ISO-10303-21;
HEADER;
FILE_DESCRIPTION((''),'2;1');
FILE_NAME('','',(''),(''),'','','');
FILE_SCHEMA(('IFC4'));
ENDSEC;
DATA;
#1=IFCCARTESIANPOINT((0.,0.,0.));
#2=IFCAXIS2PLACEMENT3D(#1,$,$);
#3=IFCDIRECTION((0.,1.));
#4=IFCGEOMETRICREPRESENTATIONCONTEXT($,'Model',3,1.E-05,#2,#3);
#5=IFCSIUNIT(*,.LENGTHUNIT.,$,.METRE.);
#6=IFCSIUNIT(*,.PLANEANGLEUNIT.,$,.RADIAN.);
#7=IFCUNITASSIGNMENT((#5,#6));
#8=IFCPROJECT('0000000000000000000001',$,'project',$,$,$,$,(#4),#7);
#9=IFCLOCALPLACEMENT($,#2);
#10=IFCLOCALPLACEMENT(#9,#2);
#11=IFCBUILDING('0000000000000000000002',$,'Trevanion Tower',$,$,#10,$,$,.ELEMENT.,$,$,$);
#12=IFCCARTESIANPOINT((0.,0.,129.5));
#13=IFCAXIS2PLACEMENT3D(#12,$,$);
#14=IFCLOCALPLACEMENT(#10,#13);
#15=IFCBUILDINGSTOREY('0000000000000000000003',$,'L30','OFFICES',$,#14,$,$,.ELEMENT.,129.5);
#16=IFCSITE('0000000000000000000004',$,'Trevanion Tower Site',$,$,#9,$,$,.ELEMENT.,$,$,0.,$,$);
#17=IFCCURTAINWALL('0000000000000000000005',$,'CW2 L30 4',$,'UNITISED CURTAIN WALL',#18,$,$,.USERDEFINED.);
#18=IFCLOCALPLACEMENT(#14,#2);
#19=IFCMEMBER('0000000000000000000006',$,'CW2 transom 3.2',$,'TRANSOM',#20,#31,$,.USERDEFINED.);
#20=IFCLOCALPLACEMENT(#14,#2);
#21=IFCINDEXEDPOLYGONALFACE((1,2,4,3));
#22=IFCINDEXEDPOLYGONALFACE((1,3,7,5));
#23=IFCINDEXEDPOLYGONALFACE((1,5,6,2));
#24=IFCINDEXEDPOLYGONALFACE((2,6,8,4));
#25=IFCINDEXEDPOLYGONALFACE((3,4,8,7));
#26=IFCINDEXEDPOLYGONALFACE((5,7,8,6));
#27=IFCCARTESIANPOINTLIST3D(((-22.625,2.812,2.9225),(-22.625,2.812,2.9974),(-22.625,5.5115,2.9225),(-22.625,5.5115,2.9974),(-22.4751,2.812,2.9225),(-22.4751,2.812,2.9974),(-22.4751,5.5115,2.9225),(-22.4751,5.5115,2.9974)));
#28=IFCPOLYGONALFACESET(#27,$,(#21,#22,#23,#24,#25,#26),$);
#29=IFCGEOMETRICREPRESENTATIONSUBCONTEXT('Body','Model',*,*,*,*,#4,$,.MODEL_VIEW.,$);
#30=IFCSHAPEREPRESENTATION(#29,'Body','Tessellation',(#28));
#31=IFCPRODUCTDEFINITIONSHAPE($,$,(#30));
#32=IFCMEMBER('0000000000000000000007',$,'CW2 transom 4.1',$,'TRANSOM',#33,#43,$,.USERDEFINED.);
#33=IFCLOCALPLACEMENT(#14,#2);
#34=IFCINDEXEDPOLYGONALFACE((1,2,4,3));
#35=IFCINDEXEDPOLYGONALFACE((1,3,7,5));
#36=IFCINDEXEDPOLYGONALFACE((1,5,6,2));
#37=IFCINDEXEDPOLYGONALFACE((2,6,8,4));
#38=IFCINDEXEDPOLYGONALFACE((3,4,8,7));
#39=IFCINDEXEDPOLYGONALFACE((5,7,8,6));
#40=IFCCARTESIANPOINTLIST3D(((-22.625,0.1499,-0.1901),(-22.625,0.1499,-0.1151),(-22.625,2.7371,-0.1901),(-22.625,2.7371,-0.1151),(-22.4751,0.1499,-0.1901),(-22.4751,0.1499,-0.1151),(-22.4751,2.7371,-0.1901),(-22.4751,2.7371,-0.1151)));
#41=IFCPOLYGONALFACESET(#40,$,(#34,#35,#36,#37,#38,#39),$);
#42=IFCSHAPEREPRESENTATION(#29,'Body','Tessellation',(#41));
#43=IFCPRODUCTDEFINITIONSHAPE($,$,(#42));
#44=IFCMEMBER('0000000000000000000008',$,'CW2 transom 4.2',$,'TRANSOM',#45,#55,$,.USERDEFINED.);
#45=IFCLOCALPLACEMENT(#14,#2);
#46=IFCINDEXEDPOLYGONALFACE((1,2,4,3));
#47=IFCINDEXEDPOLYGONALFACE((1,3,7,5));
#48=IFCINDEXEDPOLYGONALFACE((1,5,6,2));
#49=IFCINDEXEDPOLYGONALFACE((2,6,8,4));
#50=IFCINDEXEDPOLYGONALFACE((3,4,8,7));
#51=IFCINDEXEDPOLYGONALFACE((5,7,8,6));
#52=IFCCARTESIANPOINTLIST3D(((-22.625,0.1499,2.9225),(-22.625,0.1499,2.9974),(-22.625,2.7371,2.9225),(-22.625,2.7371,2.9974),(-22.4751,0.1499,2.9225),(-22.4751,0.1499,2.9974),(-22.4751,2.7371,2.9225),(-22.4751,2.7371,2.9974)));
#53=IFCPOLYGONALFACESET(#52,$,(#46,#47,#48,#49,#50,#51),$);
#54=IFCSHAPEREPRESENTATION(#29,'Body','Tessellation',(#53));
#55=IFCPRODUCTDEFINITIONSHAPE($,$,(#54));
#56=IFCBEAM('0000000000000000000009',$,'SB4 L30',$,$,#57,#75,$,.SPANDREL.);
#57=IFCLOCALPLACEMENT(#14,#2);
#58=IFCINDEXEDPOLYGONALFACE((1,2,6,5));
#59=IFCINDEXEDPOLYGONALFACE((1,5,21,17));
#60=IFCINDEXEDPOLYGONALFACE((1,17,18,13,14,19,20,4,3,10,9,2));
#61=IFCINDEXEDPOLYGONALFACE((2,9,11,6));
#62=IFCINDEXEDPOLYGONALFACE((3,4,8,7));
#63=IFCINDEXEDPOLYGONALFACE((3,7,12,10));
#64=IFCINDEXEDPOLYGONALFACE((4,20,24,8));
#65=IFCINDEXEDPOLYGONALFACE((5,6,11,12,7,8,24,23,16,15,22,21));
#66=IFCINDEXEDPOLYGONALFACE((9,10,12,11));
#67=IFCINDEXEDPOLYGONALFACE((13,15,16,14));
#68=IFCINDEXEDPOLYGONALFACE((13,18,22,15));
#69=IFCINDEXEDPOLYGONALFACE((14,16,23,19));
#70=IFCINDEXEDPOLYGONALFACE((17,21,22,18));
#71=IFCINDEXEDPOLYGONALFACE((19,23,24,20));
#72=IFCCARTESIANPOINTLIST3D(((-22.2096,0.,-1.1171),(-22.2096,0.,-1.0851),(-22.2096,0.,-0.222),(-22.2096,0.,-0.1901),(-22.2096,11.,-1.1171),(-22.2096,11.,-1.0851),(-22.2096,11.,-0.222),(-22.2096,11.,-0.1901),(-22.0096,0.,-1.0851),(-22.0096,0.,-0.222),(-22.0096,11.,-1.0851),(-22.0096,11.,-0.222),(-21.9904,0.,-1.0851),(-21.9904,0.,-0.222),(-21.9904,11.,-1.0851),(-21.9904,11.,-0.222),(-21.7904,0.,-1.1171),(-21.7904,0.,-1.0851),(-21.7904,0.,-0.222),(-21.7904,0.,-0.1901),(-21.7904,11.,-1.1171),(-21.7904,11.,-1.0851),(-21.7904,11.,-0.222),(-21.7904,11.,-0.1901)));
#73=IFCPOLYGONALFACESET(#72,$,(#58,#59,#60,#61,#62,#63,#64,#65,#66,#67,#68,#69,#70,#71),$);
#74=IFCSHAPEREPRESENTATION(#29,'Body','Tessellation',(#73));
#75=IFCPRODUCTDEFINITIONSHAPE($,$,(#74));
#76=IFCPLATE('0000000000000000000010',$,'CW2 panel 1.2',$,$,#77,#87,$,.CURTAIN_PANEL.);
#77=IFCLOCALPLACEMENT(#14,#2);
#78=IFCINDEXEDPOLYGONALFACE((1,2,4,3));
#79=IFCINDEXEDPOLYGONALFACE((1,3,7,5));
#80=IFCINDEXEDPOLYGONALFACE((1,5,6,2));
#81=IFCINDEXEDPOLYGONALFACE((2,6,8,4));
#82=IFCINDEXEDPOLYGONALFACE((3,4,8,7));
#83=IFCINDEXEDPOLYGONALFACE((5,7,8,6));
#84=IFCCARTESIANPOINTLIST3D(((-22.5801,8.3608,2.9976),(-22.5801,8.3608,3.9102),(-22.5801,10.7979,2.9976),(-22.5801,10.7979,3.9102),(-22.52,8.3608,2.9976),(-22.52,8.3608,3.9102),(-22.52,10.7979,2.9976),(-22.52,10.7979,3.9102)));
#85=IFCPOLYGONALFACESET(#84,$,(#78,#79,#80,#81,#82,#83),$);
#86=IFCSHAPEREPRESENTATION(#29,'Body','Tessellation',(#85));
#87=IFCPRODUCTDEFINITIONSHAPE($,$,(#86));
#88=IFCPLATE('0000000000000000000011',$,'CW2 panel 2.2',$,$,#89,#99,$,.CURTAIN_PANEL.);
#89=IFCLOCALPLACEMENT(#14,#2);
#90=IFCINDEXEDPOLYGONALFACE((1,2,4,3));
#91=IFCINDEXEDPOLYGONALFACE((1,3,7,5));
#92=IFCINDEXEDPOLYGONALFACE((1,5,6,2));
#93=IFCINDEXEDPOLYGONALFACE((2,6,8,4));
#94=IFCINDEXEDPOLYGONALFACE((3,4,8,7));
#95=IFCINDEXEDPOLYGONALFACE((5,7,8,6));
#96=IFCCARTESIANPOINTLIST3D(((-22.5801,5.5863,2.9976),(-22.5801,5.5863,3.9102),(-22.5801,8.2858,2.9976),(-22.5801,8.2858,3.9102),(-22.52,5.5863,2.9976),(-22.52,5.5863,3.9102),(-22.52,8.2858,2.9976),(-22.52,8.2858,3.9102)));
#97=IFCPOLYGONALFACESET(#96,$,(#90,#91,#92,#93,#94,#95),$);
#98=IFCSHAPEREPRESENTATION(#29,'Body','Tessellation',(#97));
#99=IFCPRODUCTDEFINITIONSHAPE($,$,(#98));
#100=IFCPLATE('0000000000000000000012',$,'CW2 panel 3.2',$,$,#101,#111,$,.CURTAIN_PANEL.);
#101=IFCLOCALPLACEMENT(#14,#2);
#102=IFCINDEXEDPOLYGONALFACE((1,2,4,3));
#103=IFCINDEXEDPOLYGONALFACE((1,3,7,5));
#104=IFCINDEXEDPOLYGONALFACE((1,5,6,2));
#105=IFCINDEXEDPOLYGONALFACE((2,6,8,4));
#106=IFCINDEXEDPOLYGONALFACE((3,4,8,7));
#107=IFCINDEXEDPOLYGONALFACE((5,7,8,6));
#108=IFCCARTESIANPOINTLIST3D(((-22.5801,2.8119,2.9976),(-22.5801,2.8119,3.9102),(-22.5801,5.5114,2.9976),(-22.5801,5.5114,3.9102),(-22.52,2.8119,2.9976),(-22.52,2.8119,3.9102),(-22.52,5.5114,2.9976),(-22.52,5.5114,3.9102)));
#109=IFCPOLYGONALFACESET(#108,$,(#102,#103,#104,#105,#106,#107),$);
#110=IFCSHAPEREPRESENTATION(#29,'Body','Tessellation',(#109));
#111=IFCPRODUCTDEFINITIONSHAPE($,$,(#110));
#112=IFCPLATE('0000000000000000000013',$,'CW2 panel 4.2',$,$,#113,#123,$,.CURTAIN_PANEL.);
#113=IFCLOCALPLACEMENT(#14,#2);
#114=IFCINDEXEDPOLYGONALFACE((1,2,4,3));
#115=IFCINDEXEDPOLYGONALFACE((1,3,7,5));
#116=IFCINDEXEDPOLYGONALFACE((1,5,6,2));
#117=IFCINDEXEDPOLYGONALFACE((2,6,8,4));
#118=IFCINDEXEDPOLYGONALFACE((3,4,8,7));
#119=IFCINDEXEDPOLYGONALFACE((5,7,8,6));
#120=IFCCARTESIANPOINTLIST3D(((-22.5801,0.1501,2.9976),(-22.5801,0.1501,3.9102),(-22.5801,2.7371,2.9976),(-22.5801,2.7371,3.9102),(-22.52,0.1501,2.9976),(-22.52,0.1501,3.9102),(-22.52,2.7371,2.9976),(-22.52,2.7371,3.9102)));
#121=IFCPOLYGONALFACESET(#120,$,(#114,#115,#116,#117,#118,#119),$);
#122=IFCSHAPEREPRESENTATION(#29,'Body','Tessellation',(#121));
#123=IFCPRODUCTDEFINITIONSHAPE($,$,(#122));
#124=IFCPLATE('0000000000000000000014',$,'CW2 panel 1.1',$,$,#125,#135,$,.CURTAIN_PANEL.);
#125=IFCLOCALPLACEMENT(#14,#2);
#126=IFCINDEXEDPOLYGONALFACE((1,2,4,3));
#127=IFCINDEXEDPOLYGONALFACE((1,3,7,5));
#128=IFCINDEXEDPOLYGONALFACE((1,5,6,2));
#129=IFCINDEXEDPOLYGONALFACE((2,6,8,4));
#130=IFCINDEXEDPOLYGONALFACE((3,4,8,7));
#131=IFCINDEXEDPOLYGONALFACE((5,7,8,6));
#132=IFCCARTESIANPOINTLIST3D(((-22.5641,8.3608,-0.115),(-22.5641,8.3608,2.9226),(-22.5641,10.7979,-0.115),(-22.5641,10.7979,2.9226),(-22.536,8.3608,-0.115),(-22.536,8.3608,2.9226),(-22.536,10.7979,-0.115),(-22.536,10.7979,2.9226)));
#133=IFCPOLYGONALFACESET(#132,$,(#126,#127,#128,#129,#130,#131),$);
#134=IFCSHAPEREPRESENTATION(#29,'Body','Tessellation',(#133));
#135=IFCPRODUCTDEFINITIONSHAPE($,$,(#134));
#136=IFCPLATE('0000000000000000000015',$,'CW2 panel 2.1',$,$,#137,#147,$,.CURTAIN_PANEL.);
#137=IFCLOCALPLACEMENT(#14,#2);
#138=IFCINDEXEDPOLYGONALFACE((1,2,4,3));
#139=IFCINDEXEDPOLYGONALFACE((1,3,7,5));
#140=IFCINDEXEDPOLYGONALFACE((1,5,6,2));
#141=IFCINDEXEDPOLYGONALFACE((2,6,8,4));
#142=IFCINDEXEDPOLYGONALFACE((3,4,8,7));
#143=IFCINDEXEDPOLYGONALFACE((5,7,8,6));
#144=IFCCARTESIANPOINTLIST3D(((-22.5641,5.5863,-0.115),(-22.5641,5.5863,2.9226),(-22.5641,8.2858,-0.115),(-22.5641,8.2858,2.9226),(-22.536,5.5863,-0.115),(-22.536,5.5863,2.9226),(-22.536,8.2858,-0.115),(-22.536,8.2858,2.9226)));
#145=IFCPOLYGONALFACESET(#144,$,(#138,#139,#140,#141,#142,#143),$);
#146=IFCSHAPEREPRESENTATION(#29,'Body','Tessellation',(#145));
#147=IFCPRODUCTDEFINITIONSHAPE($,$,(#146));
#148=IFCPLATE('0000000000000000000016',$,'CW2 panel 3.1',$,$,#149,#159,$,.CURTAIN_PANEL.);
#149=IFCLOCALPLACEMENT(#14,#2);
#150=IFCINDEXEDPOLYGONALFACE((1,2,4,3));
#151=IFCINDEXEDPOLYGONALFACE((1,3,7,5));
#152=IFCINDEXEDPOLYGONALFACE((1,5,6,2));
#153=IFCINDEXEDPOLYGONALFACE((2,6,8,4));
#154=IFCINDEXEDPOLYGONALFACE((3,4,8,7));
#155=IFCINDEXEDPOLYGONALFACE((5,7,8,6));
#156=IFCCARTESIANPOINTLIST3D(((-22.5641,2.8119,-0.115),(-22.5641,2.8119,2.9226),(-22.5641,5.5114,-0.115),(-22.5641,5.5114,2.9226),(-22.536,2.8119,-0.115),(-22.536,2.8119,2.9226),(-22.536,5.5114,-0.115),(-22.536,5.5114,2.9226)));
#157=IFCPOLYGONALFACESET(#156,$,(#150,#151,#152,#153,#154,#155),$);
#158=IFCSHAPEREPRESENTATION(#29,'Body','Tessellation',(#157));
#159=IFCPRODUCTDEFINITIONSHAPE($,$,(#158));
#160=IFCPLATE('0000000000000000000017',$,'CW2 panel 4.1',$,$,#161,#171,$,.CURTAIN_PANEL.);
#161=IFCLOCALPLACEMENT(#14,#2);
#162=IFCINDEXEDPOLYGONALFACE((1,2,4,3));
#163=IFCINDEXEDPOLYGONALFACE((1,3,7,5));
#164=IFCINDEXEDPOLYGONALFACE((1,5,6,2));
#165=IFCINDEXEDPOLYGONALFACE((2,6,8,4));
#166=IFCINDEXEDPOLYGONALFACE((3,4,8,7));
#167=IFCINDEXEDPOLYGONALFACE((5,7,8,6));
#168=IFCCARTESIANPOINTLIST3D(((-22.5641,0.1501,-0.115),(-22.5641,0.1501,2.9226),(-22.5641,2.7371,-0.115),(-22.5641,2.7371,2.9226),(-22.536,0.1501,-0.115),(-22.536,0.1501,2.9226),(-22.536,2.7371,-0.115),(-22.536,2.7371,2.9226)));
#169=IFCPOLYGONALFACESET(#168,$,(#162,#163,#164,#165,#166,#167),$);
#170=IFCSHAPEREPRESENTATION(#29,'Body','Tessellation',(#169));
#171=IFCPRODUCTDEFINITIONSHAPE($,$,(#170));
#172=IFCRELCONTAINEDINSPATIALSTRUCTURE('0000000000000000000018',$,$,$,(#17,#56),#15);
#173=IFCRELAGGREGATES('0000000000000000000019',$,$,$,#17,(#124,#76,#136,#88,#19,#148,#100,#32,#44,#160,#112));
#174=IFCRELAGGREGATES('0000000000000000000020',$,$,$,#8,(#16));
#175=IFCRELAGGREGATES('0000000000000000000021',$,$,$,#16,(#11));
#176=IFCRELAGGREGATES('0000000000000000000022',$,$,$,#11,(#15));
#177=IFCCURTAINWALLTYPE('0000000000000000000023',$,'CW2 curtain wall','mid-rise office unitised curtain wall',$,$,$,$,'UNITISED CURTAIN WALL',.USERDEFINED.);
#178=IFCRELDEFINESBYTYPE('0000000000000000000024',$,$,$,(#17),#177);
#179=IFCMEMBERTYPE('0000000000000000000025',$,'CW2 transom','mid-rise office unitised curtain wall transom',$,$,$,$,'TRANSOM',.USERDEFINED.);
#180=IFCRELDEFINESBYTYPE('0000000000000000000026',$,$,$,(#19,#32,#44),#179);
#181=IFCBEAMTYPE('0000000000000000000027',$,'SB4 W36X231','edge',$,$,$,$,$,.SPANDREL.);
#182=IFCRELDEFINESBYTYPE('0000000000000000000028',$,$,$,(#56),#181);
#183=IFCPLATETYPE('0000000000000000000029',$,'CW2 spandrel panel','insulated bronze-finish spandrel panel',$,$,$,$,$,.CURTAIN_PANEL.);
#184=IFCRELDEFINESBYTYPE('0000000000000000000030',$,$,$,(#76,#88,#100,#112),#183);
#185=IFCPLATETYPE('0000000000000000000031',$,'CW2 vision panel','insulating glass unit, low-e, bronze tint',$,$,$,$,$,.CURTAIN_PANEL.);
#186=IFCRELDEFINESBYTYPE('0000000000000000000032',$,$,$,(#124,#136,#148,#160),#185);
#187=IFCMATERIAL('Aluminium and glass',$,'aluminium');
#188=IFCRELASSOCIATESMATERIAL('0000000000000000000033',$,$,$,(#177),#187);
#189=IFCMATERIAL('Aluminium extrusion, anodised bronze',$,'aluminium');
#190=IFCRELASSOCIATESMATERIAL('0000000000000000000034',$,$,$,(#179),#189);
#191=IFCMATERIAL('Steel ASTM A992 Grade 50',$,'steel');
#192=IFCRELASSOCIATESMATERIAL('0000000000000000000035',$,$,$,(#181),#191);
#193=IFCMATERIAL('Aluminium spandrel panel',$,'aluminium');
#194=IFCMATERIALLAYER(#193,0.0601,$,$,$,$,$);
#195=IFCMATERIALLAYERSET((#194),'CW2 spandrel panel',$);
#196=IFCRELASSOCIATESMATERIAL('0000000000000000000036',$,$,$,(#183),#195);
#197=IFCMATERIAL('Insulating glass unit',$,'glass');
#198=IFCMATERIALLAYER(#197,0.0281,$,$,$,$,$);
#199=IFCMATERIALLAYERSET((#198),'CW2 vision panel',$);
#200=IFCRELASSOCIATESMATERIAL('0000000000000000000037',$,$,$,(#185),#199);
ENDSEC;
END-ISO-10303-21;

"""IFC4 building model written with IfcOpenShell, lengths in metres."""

from ifc_helpers import new_model, si_unit, direction, frame, origin, origin_2d, place, context, subcontext, project, spatial, rectangle, i_section, extrude, material, layer, layer_set, material_profile, profile_set, type_object, element, aggregate, save


model = new_model("IFC4")

# Units and contexts
model_context = context("Model", 3, precision=1e-05, world=origin(), true_north=direction((0.0, 1.0)))
body_context = subcontext(model_context, "Body", "Model", "MODEL_VIEW")
ifc_project = project(units=[si_unit("LENGTHUNIT", "METRE"), si_unit("PLANEANGLEUNIT", "RADIAN")], contexts=[model_context])

# Site, building, storey
site_placement = place(None, origin())
site = spatial("IfcSite", under=ifc_project, at=site_placement, Name="Trevanion Tower Site", CompositionType="ELEMENT", RefElevation=0.0)
building_placement = place(site_placement, origin())
building = spatial("IfcBuilding", under=site, at=building_placement, Name="Trevanion Tower", CompositionType="ELEMENT")
storey_placement = place(building_placement, frame((0.0, 0.0, 129.5)))
storey = spatial("IfcBuildingStorey", under=building, at=storey_placement, Name="L30", Description="OFFICES", CompositionType="ELEMENT", Elevation=129.5)

# Curtain wall, members
ifc_material_1 = material(Name="Aluminium and glass", Category="aluminium")
curtain_wall_type = type_object("IfcCurtainWallType", Name="CW2 curtain wall", Description="mid-rise office unitised curtain wall", ElementType="UNITISED CURTAIN WALL", PredefinedType="USERDEFINED", material=ifc_material_1)
curtain_wall_placement = place(storey_placement, origin())
curtain_wall = element("IfcCurtainWall", 1, at=curtain_wall_placement, inside=storey, type_object=curtain_wall_type, Name="CW2 L30 4", ObjectType="UNITISED CURTAIN WALL", PredefinedType="USERDEFINED")
ifc_material_2 = material(Name="Aluminium extrusion, anodised bronze", Category="aluminium")
ifc_material_profile_1 = material_profile(ifc_material_2, rectangle(XDim=0.1499, YDim=0.075, at=origin_2d()), Name="CW2 transom")
ifc_profile_set_1 = profile_set([ifc_material_profile_1], Name="Aluminium extrusion, anodised bronze")
member_type_1 = type_object("IfcMemberType", Name="CW2 transom", Description="mid-rise office unitised curtain wall transom", ElementType="TRANSOM", PredefinedType="USERDEFINED", material=ifc_profile_set_1)
member_1_placement = place(storey_placement, frame((-22.55, 5.5115, 2.96), z_axis=(0.0, -1.0, 0.0), x_axis=(1.0, 0.0, 0.0)))
member_1 = element("IfcMember", 2, at=member_1_placement, type_object=member_type_1, Name="CW2 transom 3.2", ObjectType="TRANSOM", PredefinedType="USERDEFINED", context=body_context, shape_type="SweptSolid", body=[
    extrude(rectangle(XDim=0.1499, YDim=0.075, at=origin_2d()), origin(), (0.0, 0.0, 1.0), 2.6995),
])
member_2_placement = place(storey_placement, frame((-22.55, 2.7371, -0.1526), z_axis=(0.0, -1.0, 0.0), x_axis=(1.0, 0.0, 0.0)))
member_2 = element("IfcMember", 3, at=member_2_placement, type_object=member_type_1, Name="CW2 transom 4.1", ObjectType="TRANSOM", PredefinedType="USERDEFINED", context=body_context, shape_type="SweptSolid", body=[
    extrude(rectangle(XDim=0.1499, YDim=0.075, at=origin_2d()), origin(), (0.0, 0.0, 1.0), 2.5872),
])
member_3_placement = place(storey_placement, frame((-22.55, 2.7371, 2.96), z_axis=(0.0, -1.0, 0.0), x_axis=(1.0, 0.0, 0.0)))
member_3 = element("IfcMember", 4, at=member_3_placement, type_object=member_type_1, Name="CW2 transom 4.2", ObjectType="TRANSOM", PredefinedType="USERDEFINED", context=body_context, shape_type="SweptSolid", body=[
    extrude(rectangle(XDim=0.1499, YDim=0.075, at=origin_2d()), origin(), (0.0, 0.0, 1.0), 2.5872),
])

# Beam
ifc_material_3 = material(Name="Steel ASTM A992 Grade 50", Category="steel")
ifc_material_profile_2 = material_profile(ifc_material_3, i_section(OverallWidth=0.4192, OverallDepth=0.927, WebThickness=0.0193, FlangeThickness=0.032, at=origin_2d()), Name="W36X231")
ifc_profile_set_2 = profile_set([ifc_material_profile_2], Name="Steel ASTM A992 Grade 50")
beam_type_1 = type_object("IfcBeamType", Name="SB4 W36X231", Description="edge", PredefinedType="SPANDREL", material=ifc_profile_set_2)
beam_placement = place(storey_placement, frame((-22.0, 11.0, -0.6536), z_axis=(0.0, -1.0, 0.0), x_axis=(1.0, 0.0, 0.0)))
element("IfcBeam", 5, at=beam_placement, inside=storey, type_object=beam_type_1, Name="SB4 L30", PredefinedType="SPANDREL", context=body_context, shape_type="SweptSolid", body=[
    extrude(i_section(OverallWidth=0.4192, OverallDepth=0.927, WebThickness=0.0193, FlangeThickness=0.032, at=origin_2d()), origin(), (0.0, 0.0, 1.0), 11.0),
])

# Plates
ifc_material_4 = material(Name="Aluminium spandrel panel", Category="aluminium")
ifc_layer_1 = layer(ifc_material_4, 0.0601)
ifc_layer_set_1 = layer_set([ifc_layer_1], Name="CW2 spandrel panel")
plate_type_1 = type_object("IfcPlateType", Name="CW2 spandrel panel", Description="insulated bronze-finish spandrel panel", PredefinedType="CURTAIN_PANEL", material=ifc_layer_set_1)
plate_1_placement = place(storey_placement, frame((-22.55, 9.5793, 2.9976), z_axis=(0.0, 0.0, 1.0), x_axis=(0.0, -1.0, 0.0)))
plate_1 = element("IfcPlate", 6, at=plate_1_placement, type_object=plate_type_1, Name="CW2 panel 1.2", PredefinedType="CURTAIN_PANEL", context=body_context, shape_type="SweptSolid", body=[
    extrude(rectangle(XDim=2.437, YDim=0.0601, at=origin_2d()), origin(), (0.0, 0.0, 1.0), 0.9126),
])
plate_2_placement = place(storey_placement, frame((-22.55, 6.936, 2.9976), z_axis=(0.0, 0.0, 1.0), x_axis=(0.0, -1.0, 0.0)))
plate_2 = element("IfcPlate", 7, at=plate_2_placement, type_object=plate_type_1, Name="CW2 panel 2.2", PredefinedType="CURTAIN_PANEL", context=body_context, shape_type="SweptSolid", body=[
    extrude(rectangle(XDim=2.6995, YDim=0.0601, at=origin_2d()), origin(), (0.0, 0.0, 1.0), 0.9126),
])
plate_3_placement = place(storey_placement, frame((-22.55, 4.1616, 2.9976), z_axis=(0.0, 0.0, 1.0), x_axis=(0.0, -1.0, 0.0)))
plate_3 = element("IfcPlate", 8, at=plate_3_placement, type_object=plate_type_1, Name="CW2 panel 3.2", PredefinedType="CURTAIN_PANEL", context=body_context, shape_type="SweptSolid", body=[
    extrude(rectangle(XDim=2.6995, YDim=0.0601, at=origin_2d()), origin(), (0.0, 0.0, 1.0), 0.9126),
])
plate_4_placement = place(storey_placement, frame((-22.55, 1.4436, 2.9976), z_axis=(0.0, 0.0, 1.0), x_axis=(0.0, -1.0, 0.0)))
plate_4 = element("IfcPlate", 9, at=plate_4_placement, type_object=plate_type_1, Name="CW2 panel 4.2", PredefinedType="CURTAIN_PANEL", context=body_context, shape_type="SweptSolid", body=[
    extrude(rectangle(XDim=2.5869, YDim=0.0601, at=origin_2d()), origin(), (0.0, 0.0, 1.0), 0.9126),
])
ifc_material_5 = material(Name="Insulating glass unit", Category="glass")
ifc_layer_2 = layer(ifc_material_5, 0.0281)
ifc_layer_set_2 = layer_set([ifc_layer_2], Name="CW2 vision panel")
plate_type_2 = type_object("IfcPlateType", Name="CW2 vision panel", Description="insulating glass unit, low-e, bronze tint", PredefinedType="CURTAIN_PANEL", material=ifc_layer_set_2)
plate_5_placement = place(storey_placement, frame((-22.55, 9.5793, -0.115), z_axis=(0.0, 0.0, 1.0), x_axis=(0.0, -1.0, 0.0)))
plate_5 = element("IfcPlate", 10, at=plate_5_placement, type_object=plate_type_2, Name="CW2 panel 1.1", PredefinedType="CURTAIN_PANEL", context=body_context, shape_type="SweptSolid", body=[
    extrude(rectangle(XDim=2.437, YDim=0.0281, at=origin_2d()), origin(), (0.0, 0.0, 1.0), 3.0376),
])
plate_6_placement = place(storey_placement, frame((-22.55, 6.936, -0.115), z_axis=(0.0, 0.0, 1.0), x_axis=(0.0, -1.0, 0.0)))
plate_6 = element("IfcPlate", 11, at=plate_6_placement, type_object=plate_type_2, Name="CW2 panel 2.1", PredefinedType="CURTAIN_PANEL", context=body_context, shape_type="SweptSolid", body=[
    extrude(rectangle(XDim=2.6995, YDim=0.0281, at=origin_2d()), origin(), (0.0, 0.0, 1.0), 3.0376),
])
plate_7_placement = place(storey_placement, frame((-22.55, 4.1616, -0.115), z_axis=(0.0, 0.0, 1.0), x_axis=(0.0, -1.0, 0.0)))
plate_7 = element("IfcPlate", 12, at=plate_7_placement, type_object=plate_type_2, Name="CW2 panel 3.1", PredefinedType="CURTAIN_PANEL", context=body_context, shape_type="SweptSolid", body=[
    extrude(rectangle(XDim=2.6995, YDim=0.0281, at=origin_2d()), origin(), (0.0, 0.0, 1.0), 3.0376),
])
plate_8_placement = place(storey_placement, frame((-22.55, 1.4436, -0.115), z_axis=(0.0, 0.0, 1.0), x_axis=(0.0, -1.0, 0.0)))
plate_8 = element("IfcPlate", 13, at=plate_8_placement, type_object=plate_type_2, Name="CW2 panel 4.1", PredefinedType="CURTAIN_PANEL", context=body_context, shape_type="SweptSolid", body=[
    extrude(rectangle(XDim=2.5869, YDim=0.0281, at=origin_2d()), origin(), (0.0, 0.0, 1.0), 3.0376),
])
aggregate(curtain_wall, [plate_5, plate_1, plate_6, plate_2, member_1, plate_7, plate_3, member_2, member_3, plate_8, plate_4])

save(model, "model.ifc")
